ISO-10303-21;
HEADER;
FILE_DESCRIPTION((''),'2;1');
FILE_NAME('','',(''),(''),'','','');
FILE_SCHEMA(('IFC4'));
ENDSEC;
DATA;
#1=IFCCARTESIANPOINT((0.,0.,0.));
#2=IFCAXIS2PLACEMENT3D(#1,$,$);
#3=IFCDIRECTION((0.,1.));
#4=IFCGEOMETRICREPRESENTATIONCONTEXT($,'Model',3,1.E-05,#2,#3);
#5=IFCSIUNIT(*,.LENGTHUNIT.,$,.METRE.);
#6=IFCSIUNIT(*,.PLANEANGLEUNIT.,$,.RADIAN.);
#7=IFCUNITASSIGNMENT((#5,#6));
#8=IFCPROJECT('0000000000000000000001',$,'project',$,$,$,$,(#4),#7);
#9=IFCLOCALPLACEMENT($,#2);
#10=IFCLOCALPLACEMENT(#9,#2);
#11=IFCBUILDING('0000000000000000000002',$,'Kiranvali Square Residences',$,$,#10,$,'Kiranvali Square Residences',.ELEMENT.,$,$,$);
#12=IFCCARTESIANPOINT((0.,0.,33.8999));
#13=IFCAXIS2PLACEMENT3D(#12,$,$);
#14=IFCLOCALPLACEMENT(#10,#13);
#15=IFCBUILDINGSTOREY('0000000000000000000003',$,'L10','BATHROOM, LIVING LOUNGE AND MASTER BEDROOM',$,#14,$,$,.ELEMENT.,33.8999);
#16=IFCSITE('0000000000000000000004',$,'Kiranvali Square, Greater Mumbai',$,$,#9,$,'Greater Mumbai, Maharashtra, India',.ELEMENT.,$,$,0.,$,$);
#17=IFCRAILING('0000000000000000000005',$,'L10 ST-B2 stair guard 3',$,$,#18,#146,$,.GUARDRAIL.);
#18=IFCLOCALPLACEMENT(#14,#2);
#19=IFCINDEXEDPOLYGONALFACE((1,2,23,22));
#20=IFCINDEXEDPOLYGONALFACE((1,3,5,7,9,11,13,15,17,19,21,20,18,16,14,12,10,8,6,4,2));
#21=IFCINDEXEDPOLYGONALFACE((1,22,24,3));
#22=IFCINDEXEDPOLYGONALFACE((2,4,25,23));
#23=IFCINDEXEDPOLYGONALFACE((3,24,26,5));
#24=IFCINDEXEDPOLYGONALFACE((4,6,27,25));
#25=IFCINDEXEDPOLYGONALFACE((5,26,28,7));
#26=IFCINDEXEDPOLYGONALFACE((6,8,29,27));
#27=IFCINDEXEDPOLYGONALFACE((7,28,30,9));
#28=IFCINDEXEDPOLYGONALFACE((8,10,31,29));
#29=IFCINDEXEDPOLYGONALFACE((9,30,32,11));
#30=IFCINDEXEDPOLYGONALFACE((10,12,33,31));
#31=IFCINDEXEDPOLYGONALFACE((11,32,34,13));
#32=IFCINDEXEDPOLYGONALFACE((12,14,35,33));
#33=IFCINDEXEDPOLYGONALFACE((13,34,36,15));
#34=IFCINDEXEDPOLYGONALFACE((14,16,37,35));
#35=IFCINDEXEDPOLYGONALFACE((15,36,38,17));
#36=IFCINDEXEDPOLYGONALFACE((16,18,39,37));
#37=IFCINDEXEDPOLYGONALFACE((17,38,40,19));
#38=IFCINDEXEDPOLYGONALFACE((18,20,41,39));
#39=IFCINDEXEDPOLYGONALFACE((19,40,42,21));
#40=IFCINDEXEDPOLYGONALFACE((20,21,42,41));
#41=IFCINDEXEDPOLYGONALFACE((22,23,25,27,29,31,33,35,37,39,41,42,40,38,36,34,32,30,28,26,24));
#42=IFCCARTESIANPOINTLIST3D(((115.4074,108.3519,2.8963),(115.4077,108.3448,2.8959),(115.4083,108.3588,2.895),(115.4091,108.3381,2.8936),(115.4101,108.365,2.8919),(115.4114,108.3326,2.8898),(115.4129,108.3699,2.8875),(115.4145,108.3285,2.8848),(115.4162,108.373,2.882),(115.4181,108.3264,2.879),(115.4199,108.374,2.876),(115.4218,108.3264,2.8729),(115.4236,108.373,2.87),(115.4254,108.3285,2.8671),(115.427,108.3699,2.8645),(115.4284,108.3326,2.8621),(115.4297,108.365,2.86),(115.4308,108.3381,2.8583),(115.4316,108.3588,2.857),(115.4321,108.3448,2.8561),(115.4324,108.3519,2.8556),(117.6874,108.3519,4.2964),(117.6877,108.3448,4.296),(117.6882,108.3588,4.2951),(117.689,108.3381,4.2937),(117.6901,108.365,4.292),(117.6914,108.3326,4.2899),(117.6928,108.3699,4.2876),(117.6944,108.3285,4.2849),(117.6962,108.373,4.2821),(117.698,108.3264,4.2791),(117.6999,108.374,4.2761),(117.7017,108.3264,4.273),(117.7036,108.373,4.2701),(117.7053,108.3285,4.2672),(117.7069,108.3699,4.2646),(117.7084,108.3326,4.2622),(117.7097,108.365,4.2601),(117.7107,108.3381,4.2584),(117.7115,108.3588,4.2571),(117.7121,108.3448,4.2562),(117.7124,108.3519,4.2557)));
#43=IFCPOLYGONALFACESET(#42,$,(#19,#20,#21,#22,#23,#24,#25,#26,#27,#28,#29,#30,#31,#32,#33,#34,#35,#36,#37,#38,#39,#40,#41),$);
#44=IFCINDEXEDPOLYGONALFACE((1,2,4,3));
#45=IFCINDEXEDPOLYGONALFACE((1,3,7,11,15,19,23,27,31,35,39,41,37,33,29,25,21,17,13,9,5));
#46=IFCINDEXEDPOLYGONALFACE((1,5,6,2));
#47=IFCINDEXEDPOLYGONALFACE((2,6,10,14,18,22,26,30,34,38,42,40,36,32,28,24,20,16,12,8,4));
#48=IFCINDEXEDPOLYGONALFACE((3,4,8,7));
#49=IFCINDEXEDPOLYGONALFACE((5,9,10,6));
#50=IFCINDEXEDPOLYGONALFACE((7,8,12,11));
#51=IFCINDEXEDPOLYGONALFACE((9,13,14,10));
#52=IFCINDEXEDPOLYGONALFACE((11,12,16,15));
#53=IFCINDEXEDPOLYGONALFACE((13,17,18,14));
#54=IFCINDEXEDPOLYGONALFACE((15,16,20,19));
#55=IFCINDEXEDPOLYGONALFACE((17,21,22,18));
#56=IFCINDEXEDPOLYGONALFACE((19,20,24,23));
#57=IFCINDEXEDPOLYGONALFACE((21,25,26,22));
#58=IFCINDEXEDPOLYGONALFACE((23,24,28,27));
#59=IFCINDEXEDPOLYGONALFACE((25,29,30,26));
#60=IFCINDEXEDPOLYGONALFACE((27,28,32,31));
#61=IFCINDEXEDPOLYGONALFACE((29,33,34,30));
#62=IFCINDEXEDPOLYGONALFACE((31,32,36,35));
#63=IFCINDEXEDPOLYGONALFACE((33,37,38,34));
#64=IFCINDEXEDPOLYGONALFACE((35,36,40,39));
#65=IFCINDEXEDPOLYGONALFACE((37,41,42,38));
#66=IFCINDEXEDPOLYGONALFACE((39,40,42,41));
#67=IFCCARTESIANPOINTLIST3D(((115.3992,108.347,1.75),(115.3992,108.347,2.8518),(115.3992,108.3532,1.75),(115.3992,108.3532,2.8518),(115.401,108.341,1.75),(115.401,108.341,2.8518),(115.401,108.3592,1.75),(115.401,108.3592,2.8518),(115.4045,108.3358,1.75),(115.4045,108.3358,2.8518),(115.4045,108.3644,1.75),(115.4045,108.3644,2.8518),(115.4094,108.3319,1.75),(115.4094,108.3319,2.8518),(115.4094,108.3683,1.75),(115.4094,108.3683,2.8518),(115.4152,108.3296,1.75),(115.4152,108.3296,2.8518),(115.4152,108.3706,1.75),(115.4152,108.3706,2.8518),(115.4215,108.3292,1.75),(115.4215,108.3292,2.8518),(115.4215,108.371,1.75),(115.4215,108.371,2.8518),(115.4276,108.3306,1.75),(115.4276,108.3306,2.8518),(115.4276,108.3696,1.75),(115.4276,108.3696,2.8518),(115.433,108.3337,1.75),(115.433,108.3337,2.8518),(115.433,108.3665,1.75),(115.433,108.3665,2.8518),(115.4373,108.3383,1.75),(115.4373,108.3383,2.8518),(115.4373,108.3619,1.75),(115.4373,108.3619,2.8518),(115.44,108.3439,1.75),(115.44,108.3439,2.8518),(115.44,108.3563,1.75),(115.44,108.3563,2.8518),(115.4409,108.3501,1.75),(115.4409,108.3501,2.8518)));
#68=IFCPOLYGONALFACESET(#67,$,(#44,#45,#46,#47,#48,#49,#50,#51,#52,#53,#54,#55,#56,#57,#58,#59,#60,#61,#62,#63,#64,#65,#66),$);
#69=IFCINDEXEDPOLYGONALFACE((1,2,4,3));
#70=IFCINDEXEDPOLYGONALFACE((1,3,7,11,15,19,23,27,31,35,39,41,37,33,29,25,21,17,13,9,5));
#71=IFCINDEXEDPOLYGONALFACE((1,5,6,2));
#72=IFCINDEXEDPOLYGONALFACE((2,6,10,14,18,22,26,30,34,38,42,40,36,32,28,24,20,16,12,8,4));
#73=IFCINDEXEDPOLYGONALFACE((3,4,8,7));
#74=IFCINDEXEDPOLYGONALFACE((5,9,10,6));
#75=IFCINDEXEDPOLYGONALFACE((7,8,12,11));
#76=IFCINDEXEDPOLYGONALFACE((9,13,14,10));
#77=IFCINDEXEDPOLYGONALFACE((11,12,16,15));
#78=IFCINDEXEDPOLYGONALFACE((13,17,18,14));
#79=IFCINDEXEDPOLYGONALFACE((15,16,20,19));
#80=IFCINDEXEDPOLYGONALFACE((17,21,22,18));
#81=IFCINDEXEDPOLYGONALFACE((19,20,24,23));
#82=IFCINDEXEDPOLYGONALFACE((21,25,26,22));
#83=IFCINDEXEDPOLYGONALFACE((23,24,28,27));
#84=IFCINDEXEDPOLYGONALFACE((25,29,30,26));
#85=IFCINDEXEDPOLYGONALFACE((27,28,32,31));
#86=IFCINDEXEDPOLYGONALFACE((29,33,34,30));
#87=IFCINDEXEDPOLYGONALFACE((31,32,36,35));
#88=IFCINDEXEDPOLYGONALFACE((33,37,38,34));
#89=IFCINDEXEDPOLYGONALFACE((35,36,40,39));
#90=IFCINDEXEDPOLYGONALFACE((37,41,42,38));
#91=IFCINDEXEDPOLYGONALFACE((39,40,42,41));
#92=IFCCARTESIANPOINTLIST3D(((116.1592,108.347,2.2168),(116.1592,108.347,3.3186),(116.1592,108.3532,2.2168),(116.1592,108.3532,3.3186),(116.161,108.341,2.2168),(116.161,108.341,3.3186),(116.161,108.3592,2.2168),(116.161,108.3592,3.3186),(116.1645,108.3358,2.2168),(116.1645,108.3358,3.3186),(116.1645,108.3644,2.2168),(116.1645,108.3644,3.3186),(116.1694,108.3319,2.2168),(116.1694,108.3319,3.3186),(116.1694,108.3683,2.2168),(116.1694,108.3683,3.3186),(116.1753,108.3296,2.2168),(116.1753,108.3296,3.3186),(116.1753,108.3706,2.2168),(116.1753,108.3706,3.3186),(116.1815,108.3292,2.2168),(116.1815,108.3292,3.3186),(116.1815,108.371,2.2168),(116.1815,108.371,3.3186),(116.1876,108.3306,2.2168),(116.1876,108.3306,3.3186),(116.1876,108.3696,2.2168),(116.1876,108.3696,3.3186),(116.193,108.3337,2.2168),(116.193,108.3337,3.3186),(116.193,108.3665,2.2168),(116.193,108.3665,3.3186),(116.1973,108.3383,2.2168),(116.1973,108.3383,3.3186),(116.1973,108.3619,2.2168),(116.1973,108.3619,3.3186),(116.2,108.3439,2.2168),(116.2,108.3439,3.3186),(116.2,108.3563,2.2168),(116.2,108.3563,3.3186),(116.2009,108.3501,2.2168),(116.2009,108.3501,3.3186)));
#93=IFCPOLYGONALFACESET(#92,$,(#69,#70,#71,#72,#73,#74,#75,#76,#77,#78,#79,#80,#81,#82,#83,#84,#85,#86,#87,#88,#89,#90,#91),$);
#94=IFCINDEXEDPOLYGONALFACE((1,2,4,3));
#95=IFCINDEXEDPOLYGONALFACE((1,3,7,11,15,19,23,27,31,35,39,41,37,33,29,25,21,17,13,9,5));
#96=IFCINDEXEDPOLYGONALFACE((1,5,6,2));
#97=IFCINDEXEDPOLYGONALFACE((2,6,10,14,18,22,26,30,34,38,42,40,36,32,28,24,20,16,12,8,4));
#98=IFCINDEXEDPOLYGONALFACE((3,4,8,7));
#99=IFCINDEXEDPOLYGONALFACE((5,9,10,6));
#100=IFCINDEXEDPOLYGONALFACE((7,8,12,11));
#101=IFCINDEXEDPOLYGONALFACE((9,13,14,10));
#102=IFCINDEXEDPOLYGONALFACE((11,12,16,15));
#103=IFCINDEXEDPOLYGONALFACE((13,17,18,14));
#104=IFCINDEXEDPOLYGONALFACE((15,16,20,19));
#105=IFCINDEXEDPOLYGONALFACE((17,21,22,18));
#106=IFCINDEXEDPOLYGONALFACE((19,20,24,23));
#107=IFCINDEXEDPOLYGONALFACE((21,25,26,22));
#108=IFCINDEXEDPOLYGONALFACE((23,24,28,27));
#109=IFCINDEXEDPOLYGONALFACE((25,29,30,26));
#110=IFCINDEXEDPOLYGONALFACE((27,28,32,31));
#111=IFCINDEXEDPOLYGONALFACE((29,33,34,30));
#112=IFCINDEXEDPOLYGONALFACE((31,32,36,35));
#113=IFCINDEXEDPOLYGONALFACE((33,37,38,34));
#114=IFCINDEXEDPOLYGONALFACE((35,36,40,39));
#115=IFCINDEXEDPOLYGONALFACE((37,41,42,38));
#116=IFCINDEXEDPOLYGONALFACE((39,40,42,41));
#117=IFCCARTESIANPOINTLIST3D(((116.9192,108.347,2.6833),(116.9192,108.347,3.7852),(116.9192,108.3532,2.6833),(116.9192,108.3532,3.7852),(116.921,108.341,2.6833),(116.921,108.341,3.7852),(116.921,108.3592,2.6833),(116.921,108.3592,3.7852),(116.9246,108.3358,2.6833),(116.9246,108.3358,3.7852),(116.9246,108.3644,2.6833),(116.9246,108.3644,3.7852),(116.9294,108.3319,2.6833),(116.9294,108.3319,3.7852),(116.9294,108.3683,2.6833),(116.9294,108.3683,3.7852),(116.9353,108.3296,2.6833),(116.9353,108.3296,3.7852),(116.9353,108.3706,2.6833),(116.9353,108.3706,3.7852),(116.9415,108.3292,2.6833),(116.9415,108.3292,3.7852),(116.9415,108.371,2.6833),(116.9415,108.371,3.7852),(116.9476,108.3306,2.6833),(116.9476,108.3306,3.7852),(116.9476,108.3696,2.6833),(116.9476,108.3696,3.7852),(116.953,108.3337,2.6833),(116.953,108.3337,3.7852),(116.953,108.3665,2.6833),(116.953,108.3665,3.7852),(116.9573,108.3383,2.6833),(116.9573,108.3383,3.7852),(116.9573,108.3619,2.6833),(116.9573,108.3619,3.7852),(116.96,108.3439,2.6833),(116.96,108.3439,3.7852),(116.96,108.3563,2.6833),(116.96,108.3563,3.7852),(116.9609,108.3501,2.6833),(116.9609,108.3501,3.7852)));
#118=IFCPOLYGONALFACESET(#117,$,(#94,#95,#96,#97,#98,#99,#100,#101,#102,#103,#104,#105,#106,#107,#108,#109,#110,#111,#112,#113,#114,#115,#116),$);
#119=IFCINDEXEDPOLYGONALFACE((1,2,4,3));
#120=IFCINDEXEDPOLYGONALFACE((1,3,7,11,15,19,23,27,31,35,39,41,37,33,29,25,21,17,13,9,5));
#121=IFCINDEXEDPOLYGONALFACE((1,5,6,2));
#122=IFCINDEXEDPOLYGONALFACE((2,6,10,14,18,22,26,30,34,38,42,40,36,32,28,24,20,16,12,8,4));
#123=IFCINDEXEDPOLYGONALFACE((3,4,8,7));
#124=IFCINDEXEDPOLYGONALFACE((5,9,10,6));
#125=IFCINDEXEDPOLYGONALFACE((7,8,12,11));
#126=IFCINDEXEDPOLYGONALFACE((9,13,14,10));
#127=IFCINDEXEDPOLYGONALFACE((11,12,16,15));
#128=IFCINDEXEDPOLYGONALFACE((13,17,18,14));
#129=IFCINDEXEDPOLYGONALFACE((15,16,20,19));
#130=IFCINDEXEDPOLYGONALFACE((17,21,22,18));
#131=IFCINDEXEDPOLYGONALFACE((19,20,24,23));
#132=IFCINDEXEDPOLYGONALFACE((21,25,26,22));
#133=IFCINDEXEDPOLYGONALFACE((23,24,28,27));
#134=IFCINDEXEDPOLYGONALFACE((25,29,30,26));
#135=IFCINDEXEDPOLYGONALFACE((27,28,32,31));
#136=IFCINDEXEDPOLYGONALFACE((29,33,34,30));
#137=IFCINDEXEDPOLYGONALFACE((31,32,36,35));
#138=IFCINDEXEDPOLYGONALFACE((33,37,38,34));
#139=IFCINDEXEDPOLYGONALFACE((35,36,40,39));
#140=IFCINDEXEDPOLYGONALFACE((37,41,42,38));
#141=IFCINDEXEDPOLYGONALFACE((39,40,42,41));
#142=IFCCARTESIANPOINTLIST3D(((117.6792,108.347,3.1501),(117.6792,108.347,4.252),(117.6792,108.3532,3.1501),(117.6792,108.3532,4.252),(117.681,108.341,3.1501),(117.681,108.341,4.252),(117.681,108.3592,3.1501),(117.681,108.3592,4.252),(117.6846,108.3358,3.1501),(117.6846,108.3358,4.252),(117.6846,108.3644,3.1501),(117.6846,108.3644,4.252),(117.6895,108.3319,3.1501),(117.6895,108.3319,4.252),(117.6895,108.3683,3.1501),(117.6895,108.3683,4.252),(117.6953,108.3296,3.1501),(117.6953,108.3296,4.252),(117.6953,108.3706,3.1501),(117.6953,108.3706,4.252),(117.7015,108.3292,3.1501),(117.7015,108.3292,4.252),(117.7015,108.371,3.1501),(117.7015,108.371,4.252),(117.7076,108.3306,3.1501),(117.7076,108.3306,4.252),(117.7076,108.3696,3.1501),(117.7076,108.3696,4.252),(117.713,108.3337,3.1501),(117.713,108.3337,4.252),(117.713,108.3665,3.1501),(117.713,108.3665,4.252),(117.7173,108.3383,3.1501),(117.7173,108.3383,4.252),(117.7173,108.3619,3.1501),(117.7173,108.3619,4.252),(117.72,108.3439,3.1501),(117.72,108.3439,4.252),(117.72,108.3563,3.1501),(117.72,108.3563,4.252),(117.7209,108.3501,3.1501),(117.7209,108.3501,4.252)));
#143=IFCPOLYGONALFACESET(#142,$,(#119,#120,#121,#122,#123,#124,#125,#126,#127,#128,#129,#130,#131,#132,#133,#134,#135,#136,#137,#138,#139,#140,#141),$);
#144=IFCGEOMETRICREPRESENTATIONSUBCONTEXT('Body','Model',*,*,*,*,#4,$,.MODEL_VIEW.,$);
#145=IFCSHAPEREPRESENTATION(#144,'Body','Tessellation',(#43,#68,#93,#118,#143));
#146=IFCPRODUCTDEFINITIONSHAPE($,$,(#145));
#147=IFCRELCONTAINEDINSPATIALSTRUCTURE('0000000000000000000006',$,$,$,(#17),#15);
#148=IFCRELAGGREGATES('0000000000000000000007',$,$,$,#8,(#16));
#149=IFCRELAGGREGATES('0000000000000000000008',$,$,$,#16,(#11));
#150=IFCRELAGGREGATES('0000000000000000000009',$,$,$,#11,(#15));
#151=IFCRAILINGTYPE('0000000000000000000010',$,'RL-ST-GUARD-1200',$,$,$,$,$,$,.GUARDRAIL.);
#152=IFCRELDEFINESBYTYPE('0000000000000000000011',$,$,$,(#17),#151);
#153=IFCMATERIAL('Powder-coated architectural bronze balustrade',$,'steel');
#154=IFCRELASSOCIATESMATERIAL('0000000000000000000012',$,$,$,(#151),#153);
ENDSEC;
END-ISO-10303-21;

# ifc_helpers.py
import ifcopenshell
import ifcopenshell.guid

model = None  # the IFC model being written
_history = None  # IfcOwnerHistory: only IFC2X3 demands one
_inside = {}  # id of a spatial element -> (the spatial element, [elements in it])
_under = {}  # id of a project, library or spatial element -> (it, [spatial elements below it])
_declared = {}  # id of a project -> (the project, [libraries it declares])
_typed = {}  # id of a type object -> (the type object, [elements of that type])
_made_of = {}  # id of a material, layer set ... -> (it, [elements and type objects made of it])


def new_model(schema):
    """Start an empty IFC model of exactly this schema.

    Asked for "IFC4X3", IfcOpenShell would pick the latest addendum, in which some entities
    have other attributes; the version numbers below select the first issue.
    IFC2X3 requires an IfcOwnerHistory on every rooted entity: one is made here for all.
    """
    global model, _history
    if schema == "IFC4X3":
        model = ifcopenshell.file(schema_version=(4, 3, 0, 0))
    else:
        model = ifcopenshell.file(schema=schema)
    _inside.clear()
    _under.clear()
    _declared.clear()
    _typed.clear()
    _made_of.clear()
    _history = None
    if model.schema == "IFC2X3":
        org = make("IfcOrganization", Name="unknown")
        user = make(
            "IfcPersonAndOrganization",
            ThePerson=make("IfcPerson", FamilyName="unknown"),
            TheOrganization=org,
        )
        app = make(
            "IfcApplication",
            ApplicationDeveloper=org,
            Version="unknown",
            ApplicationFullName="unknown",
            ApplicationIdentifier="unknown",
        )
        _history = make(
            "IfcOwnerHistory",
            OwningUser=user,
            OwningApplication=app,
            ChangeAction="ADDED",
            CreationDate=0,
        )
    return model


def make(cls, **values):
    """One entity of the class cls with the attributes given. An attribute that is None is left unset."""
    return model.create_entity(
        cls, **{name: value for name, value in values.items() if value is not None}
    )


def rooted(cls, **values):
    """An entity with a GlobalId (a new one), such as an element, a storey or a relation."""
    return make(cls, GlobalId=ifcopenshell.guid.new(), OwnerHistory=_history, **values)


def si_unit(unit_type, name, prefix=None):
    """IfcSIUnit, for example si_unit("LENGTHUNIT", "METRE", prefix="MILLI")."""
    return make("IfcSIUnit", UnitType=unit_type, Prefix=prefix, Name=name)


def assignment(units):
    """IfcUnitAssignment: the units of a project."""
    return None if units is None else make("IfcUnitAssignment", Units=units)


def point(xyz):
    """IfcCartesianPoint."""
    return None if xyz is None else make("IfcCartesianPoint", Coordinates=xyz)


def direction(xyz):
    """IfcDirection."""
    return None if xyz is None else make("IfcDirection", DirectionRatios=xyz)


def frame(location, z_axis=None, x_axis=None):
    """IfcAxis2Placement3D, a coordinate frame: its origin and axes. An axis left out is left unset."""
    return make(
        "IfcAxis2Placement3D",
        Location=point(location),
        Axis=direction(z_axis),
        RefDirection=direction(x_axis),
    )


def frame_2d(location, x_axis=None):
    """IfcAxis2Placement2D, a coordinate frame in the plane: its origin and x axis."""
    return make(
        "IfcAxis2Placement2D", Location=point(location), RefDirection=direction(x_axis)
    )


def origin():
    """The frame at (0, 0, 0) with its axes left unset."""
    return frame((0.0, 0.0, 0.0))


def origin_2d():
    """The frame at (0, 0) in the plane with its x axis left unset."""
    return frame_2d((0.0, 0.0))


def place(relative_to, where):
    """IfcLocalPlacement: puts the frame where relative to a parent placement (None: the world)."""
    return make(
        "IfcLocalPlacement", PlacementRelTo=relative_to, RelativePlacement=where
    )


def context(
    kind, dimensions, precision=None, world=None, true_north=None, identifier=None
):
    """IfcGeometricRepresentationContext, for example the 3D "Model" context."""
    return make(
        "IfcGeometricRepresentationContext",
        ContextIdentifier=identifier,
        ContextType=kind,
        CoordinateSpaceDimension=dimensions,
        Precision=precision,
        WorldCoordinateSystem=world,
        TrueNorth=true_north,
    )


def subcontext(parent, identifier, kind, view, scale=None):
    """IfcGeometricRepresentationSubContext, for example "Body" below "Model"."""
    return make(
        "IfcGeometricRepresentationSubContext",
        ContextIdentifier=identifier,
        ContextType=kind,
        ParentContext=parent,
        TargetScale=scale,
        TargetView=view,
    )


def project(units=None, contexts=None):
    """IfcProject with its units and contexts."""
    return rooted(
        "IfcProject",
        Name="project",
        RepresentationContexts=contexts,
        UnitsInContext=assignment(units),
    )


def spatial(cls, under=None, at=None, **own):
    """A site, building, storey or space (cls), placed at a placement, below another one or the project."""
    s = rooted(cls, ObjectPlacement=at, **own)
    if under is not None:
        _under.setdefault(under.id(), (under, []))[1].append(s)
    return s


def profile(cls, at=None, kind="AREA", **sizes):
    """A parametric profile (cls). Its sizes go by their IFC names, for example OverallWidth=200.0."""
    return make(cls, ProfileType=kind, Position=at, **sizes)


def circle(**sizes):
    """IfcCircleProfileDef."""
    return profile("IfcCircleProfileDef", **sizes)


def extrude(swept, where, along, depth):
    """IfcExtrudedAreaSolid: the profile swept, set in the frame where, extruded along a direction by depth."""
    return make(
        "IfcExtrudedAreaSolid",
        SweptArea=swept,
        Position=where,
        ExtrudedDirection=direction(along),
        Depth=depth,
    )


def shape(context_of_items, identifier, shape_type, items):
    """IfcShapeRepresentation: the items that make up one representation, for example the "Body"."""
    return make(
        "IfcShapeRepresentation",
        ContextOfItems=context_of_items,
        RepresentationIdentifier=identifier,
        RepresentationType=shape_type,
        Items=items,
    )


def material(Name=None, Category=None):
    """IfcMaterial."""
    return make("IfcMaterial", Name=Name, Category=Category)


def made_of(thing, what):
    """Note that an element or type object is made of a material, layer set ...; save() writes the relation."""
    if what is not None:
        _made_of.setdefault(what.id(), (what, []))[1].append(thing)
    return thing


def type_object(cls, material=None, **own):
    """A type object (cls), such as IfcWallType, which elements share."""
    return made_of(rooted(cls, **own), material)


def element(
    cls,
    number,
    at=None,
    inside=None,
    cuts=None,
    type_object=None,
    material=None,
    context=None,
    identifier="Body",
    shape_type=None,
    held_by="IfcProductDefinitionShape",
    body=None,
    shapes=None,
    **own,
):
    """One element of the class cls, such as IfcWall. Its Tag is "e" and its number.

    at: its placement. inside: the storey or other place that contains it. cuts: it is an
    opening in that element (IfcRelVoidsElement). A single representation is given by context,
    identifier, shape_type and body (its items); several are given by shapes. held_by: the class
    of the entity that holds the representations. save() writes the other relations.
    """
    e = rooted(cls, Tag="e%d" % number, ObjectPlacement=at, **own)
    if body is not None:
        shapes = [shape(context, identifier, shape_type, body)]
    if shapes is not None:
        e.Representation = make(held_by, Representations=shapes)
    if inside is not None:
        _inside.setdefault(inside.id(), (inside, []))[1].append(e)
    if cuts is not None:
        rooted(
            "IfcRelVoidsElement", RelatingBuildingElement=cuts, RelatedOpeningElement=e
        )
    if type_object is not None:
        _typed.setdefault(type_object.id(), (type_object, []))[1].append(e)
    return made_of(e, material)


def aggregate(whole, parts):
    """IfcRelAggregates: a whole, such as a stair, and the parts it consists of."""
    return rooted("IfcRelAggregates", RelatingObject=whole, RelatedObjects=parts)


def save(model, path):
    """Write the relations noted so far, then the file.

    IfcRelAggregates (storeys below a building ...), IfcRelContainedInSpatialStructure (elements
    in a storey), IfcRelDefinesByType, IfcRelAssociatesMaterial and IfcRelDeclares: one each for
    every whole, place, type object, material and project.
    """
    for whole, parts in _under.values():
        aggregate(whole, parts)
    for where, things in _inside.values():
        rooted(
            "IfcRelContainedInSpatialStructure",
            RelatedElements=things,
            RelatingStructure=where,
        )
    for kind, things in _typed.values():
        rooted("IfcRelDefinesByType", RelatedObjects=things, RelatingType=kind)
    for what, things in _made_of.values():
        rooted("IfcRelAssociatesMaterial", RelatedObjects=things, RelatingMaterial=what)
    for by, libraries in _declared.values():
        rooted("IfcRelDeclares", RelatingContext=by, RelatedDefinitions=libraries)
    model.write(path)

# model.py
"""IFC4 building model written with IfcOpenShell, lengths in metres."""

from ifc_helpers import new_model, si_unit, direction, frame, origin, origin_2d, place, context, subcontext, project, spatial, circle, extrude, material, type_object, element, save


model = new_model("IFC4")

# Units and contexts
model_context = context("Model", 3, precision=1e-05, world=origin(), true_north=direction((0.0, 1.0)))
body_context = subcontext(model_context, "Body", "Model", "MODEL_VIEW")
ifc_project = project(units=[si_unit("LENGTHUNIT", "METRE"), si_unit("PLANEANGLEUNIT", "RADIAN")], contexts=[model_context])

# Site, building, storey
site_placement = place(None, origin())
site = spatial("IfcSite", under=ifc_project, at=site_placement, Name="Kiranvali Square, Greater Mumbai", LongName="Greater Mumbai, Maharashtra, India", CompositionType="ELEMENT", RefElevation=0.0)
building_placement = place(site_placement, origin())
building = spatial("IfcBuilding", under=site, at=building_placement, Name="Kiranvali Square Residences", LongName="Kiranvali Square Residences", CompositionType="ELEMENT")
storey_placement = place(building_placement, frame((0.0, 0.0, 33.8999)))
storey = spatial("IfcBuildingStorey", under=building, at=storey_placement, Name="L10", Description="BATHROOM, LIVING LOUNGE AND MASTER BEDROOM", CompositionType="ELEMENT", Elevation=33.8999)

# Railing
ifc_material_1 = material(Name="Powder-coated architectural bronze balustrade", Category="steel")
railing_type_1 = type_object("IfcRailingType", Name="RL-ST-GUARD-1200", PredefinedType="GUARDRAIL", material=ifc_material_1)
railing_1_placement = place(storey_placement, frame((115.4199, 108.3501, 1.75)))
element("IfcRailing", 1, at=railing_1_placement, inside=storey, type_object=railing_type_1, Name="L10 ST-B2 stair guard 3", PredefinedType="GUARDRAIL", context=body_context, shape_type="SweptSolid", body=[
    extrude(circle(Radius=0.0239, at=origin_2d()), frame((0.0, 0.0, 1.126), z_axis=(0.85215, 0.0, 0.523298), x_axis=(0.0, 1.0, 0.0)), (0.0, 0.0, 1.0), 2.6755),
    extrude(circle(Radius=0.021, at=origin_2d()), origin(), (0.0, 0.0, 1.0), 1.1018),
    extrude(circle(Radius=0.021, at=origin_2d()), frame((0.76, 0.0, 0.4668)), (0.0, 0.0, 1.0), 1.1018),
    extrude(circle(Radius=0.021, at=origin_2d()), frame((1.52, 0.0, 0.9333)), (0.0, 0.0, 1.0), 1.1018),
    extrude(circle(Radius=0.021, at=origin_2d()), frame((2.28, 0.0, 1.4001)), (0.0, 0.0, 1.0), 1.1018),
])

save(model, "model.ifc")
